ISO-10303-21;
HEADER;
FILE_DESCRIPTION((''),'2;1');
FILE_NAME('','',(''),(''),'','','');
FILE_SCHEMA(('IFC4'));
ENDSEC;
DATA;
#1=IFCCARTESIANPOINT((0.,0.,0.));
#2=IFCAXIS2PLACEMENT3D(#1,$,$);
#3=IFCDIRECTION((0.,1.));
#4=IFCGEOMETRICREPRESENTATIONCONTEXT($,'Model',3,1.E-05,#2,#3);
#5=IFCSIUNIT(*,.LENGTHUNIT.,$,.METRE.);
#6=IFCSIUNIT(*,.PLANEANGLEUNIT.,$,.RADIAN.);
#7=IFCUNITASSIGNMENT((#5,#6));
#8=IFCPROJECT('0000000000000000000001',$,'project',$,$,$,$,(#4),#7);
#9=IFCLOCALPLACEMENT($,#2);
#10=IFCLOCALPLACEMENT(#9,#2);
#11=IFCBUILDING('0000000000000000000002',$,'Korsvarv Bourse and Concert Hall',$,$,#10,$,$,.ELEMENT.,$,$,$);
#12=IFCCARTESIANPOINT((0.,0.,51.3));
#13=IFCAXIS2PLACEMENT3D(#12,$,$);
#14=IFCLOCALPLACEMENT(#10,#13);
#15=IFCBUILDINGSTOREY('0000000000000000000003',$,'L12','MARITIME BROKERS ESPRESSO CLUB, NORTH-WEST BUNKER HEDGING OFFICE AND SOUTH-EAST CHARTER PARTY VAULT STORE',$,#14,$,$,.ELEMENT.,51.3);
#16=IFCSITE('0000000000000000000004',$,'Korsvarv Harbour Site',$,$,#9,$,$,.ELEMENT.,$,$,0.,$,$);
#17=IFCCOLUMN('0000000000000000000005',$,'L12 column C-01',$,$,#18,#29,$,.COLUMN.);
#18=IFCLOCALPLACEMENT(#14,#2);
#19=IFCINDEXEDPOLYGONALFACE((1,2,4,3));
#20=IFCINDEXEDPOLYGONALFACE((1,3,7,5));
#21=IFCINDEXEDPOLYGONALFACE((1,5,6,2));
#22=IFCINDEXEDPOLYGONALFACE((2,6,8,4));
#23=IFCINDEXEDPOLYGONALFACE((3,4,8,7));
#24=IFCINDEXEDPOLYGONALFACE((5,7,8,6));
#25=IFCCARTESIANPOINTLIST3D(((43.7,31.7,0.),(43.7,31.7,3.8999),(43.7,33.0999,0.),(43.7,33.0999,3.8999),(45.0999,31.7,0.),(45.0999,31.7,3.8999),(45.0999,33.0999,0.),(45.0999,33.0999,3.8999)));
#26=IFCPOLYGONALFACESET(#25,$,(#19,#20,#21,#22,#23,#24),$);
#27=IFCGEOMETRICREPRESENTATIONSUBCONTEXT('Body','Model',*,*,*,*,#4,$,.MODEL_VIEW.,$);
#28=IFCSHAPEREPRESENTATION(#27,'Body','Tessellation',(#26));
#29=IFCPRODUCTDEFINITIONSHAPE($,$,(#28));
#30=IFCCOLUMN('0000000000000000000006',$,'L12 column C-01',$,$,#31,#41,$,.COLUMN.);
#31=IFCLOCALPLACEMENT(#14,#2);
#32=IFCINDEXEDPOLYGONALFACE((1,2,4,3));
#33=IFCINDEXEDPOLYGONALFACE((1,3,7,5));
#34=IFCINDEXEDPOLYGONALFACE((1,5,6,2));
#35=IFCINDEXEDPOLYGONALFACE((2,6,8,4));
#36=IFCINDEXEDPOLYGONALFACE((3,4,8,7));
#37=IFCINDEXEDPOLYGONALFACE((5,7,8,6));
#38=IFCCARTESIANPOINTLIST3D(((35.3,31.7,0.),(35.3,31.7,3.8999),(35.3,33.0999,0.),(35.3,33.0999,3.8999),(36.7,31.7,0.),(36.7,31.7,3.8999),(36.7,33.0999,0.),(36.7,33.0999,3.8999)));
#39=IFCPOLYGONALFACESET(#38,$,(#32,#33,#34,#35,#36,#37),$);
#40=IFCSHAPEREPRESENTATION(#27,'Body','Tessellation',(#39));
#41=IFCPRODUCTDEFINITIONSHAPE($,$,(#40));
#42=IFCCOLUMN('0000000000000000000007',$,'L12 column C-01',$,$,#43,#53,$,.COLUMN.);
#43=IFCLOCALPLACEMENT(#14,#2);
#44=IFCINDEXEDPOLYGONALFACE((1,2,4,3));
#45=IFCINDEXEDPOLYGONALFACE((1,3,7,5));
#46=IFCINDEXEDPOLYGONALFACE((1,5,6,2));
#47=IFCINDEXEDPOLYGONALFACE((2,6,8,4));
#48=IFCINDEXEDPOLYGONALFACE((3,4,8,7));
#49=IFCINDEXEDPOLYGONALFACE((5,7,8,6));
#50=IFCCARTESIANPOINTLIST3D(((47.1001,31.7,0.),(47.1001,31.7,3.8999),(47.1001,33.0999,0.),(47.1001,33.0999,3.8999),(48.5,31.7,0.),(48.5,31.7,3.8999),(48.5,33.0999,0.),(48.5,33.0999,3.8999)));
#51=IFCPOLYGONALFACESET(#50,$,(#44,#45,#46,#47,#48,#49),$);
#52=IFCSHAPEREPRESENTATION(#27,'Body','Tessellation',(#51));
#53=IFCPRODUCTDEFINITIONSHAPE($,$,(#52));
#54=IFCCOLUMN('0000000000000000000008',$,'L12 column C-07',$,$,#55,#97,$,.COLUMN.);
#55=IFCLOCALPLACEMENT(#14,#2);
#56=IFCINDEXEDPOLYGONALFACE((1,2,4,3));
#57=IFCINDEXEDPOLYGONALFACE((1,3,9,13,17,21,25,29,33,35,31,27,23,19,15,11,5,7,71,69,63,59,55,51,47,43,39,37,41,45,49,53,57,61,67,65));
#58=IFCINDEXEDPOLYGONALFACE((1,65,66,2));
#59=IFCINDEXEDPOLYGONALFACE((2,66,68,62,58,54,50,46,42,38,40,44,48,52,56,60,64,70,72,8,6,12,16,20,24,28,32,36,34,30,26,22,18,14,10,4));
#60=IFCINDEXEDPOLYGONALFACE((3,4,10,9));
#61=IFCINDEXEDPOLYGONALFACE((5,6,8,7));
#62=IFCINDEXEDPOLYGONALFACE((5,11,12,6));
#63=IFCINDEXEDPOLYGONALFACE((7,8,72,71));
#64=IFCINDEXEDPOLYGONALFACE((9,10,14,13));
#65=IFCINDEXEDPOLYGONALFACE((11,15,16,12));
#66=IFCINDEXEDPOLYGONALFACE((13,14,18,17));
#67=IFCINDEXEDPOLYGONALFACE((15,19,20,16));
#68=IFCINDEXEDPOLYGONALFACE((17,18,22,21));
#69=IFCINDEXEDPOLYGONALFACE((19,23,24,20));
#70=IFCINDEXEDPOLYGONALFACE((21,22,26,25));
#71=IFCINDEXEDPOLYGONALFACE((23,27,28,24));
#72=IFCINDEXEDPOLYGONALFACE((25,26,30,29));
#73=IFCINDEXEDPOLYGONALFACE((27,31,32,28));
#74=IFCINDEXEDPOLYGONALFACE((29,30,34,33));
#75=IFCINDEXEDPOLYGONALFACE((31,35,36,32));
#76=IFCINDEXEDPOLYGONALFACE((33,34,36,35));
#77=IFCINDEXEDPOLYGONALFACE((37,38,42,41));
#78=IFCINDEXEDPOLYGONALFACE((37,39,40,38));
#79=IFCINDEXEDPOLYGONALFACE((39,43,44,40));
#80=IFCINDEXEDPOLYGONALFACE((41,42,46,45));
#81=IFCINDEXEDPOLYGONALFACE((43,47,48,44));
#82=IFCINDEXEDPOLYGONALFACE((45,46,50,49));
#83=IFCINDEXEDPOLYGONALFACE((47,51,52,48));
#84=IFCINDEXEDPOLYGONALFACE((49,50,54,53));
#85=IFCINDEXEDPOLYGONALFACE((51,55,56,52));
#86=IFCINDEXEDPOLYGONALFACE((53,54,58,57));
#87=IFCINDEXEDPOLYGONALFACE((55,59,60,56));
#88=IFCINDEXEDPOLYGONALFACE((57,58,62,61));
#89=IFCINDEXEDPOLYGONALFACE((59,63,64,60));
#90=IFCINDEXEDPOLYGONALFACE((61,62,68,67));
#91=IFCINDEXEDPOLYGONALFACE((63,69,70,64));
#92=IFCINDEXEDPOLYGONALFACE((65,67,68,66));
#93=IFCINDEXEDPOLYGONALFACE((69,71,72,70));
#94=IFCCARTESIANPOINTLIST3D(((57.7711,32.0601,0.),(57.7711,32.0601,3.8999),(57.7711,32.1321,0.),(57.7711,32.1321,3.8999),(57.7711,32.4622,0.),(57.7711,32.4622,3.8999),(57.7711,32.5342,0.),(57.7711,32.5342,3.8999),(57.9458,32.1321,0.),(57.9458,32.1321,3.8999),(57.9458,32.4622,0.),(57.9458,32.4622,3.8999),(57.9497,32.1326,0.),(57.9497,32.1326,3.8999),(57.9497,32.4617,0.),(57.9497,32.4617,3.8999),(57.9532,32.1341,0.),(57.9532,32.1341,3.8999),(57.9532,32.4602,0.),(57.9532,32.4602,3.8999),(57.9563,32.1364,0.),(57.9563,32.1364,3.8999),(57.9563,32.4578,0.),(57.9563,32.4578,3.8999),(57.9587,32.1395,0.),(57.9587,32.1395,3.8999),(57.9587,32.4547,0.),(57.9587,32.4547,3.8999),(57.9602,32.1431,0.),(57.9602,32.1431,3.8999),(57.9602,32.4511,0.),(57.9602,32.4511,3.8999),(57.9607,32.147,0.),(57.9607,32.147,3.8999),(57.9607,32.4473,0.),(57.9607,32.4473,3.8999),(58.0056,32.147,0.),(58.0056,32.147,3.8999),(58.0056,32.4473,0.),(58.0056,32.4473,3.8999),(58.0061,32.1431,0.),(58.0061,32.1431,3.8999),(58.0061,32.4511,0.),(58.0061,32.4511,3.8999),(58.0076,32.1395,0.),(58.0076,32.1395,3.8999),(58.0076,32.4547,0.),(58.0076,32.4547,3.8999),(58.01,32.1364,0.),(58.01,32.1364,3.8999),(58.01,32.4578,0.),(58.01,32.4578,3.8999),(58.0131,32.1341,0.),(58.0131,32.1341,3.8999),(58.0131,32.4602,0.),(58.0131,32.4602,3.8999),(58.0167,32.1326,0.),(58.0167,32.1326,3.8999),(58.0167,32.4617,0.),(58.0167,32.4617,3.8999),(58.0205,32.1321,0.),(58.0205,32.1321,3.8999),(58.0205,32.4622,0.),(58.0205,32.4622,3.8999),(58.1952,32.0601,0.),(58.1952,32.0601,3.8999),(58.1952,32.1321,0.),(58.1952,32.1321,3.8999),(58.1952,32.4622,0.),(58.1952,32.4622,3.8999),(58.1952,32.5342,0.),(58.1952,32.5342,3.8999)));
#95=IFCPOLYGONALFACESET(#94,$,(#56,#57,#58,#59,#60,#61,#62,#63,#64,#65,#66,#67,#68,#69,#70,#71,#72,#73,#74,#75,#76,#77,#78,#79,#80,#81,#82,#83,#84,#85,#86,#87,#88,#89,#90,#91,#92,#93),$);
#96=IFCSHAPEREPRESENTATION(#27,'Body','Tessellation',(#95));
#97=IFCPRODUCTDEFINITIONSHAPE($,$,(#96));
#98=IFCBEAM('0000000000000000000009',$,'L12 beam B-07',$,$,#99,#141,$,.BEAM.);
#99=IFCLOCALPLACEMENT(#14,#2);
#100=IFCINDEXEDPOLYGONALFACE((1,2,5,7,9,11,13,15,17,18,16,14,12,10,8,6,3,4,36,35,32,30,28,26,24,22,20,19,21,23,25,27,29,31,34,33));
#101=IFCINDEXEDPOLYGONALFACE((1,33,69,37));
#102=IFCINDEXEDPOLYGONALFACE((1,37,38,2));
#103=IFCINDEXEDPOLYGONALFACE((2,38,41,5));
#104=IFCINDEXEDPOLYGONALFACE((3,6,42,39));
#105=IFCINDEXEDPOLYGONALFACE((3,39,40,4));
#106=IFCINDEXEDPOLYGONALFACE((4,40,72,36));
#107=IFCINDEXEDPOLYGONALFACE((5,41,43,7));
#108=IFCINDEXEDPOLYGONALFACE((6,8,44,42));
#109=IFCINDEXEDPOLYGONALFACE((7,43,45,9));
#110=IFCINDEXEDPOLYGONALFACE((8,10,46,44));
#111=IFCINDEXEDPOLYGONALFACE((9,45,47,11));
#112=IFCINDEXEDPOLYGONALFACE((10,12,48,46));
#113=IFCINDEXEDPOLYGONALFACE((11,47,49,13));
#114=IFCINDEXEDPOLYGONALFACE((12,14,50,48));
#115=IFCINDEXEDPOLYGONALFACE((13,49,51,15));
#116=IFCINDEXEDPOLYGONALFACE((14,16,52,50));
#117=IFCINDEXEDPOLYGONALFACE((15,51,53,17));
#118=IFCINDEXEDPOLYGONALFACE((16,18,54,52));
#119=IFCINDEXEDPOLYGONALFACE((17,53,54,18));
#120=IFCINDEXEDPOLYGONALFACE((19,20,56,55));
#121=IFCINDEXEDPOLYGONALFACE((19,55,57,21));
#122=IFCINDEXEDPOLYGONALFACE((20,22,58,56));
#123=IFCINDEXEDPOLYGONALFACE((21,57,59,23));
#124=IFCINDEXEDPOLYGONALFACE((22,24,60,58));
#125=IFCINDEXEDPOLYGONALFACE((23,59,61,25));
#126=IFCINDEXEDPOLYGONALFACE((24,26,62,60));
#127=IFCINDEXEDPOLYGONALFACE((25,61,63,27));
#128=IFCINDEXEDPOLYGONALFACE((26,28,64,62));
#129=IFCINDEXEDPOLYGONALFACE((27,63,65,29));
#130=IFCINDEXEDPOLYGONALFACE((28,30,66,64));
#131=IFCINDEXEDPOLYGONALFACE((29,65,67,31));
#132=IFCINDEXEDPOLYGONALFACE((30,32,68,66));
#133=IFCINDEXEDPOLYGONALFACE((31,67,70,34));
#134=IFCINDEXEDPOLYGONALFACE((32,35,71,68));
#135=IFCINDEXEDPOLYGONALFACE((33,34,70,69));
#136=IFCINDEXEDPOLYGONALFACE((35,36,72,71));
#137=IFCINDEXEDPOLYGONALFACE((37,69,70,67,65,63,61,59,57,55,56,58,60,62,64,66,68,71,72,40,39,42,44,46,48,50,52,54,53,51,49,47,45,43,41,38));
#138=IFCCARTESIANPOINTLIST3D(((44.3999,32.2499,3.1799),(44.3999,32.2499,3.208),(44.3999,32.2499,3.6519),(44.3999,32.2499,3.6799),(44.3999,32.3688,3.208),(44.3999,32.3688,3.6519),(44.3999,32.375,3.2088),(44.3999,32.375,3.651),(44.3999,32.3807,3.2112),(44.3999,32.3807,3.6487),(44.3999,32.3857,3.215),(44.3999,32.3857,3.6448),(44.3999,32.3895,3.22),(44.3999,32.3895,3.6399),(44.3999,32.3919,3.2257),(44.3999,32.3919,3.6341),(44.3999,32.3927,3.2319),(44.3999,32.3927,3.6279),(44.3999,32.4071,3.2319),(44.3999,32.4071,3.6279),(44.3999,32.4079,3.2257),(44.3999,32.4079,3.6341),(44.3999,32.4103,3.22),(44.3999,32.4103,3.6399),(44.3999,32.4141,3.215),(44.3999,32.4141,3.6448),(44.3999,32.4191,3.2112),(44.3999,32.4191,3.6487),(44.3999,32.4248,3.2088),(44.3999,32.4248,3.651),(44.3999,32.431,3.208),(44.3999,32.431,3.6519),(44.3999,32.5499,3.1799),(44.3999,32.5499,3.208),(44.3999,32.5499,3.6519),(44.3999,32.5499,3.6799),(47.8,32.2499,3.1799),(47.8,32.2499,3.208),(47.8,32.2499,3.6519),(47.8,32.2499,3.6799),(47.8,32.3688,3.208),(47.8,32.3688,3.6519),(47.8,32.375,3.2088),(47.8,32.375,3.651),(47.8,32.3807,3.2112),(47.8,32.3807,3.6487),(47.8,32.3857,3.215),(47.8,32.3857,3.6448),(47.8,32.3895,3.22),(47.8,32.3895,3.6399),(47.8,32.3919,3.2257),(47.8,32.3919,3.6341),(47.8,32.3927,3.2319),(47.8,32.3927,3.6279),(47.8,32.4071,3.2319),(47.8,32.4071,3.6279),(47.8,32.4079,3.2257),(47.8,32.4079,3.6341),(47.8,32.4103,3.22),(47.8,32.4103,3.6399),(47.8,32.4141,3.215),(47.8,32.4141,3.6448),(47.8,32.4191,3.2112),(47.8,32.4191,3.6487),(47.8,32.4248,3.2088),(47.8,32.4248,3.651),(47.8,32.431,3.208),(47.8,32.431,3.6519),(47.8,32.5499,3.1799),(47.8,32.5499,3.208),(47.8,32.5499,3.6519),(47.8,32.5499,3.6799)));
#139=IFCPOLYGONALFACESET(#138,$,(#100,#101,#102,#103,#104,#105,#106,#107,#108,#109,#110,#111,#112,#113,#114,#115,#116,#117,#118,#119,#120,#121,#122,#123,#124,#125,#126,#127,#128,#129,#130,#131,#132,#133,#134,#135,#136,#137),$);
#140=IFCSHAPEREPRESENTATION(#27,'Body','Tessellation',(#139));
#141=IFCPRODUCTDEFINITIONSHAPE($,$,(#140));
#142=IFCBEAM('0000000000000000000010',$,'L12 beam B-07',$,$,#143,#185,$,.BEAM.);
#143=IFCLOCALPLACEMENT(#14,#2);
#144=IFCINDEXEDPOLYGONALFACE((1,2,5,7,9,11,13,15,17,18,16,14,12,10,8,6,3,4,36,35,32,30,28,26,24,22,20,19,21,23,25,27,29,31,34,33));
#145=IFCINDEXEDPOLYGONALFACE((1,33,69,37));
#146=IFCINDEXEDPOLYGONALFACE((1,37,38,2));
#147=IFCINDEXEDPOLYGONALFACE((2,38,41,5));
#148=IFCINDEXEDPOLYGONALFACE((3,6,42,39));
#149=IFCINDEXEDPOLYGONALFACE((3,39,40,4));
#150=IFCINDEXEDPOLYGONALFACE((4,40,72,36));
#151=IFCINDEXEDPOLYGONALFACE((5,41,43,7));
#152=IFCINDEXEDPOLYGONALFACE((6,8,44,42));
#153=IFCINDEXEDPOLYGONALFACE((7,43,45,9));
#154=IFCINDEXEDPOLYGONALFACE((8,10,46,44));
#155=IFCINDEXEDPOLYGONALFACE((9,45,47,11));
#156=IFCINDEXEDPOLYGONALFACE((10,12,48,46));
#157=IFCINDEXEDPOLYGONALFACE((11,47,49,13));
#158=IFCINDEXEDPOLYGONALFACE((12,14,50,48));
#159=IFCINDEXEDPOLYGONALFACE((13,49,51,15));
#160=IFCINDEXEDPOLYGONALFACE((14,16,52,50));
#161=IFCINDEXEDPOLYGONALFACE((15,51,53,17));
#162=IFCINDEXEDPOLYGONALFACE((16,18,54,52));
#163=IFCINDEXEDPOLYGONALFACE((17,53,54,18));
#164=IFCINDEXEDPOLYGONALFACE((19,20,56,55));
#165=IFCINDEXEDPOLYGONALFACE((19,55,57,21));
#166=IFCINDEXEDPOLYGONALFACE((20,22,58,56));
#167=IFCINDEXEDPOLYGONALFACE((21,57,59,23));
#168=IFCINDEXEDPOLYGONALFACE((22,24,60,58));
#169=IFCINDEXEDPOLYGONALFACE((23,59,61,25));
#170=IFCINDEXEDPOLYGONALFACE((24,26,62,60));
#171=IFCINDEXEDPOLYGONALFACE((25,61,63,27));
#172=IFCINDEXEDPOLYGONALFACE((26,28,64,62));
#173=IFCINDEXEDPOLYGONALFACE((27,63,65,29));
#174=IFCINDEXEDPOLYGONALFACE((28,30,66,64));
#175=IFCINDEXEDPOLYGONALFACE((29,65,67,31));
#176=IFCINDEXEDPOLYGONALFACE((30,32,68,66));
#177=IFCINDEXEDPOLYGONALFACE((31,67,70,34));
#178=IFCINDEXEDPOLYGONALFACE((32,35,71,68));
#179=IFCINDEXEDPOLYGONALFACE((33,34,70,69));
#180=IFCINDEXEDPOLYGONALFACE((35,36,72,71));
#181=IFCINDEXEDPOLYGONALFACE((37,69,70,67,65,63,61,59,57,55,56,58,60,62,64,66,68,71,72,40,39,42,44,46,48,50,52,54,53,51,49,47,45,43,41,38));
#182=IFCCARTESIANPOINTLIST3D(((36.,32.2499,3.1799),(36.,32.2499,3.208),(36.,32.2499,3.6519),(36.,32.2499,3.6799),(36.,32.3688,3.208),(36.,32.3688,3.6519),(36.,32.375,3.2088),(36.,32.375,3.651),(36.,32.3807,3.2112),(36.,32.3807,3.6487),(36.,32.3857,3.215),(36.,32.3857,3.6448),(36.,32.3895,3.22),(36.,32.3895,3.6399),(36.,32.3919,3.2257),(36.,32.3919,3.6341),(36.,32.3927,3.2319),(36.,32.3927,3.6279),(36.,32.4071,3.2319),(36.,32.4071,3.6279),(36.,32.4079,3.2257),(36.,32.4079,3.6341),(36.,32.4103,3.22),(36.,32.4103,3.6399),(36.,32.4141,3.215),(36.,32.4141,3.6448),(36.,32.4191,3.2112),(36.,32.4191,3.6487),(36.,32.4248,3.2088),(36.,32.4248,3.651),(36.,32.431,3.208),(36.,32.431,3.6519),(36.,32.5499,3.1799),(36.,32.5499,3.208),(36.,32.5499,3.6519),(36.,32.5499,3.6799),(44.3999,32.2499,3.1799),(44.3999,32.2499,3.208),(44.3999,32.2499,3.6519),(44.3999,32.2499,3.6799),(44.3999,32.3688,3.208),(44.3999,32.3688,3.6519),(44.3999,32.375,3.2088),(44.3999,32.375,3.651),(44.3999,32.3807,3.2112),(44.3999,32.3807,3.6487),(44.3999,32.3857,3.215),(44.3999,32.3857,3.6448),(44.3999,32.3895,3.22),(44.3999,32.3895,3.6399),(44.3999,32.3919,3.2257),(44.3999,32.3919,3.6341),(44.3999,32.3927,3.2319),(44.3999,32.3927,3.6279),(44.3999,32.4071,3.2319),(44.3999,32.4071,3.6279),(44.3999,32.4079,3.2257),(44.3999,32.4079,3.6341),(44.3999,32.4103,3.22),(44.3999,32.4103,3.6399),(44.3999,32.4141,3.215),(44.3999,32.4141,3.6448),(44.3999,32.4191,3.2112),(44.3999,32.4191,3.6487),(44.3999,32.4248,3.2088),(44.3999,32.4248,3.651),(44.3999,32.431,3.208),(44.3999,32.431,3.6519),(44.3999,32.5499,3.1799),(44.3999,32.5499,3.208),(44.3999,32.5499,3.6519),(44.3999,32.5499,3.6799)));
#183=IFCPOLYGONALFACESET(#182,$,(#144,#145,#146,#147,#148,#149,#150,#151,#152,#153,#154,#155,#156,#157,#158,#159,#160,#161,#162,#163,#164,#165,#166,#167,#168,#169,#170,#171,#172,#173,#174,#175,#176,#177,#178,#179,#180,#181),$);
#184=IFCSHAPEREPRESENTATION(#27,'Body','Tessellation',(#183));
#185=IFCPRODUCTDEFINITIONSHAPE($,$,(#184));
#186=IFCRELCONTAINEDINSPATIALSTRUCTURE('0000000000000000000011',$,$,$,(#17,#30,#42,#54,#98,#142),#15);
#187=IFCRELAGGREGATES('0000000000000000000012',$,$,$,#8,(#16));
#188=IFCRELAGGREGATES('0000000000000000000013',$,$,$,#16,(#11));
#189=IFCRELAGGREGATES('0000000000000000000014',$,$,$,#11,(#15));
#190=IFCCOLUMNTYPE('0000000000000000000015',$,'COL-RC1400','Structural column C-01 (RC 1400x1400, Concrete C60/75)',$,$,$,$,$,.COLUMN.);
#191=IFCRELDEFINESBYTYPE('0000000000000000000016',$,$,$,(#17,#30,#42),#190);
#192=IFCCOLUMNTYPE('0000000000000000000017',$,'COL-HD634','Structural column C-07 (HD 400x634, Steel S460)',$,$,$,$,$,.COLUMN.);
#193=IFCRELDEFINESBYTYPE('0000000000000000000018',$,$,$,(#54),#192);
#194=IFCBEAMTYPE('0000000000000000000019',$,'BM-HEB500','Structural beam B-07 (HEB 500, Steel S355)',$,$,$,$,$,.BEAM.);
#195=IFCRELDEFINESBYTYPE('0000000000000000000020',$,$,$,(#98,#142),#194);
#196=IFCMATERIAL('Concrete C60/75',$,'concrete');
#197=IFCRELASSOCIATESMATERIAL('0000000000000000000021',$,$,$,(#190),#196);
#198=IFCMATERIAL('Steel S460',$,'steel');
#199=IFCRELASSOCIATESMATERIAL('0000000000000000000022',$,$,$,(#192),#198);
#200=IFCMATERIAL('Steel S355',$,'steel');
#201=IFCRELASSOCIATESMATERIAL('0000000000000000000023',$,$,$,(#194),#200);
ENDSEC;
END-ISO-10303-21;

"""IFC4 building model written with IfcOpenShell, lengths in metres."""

from ifc_helpers import new_model, si_unit, direction, frame, origin, origin_2d, place, context, subcontext, project, spatial, rectangle, i_section, extrude, source, transform, mapped, material, material_profile, profile_set, type_object, element, save


model = new_model("IFC4")

# Units and contexts
model_context = context("Model", 3, precision=1e-05, world=origin(), true_north=direction((0.0, 1.0)))
body_context = subcontext(model_context, "Body", "Model", "MODEL_VIEW")
ifc_project = project(units=[si_unit("LENGTHUNIT", "METRE"), si_unit("PLANEANGLEUNIT", "RADIAN")], contexts=[model_context])

# Site, building, storey
site_placement = place(None, origin())
site = spatial("IfcSite", under=ifc_project, at=site_placement, Name="Korsvarv Harbour Site", CompositionType="ELEMENT", RefElevation=0.0)
building_placement = place(site_placement, origin())
building = spatial("IfcBuilding", under=site, at=building_placement, Name="Korsvarv Bourse and Concert Hall", CompositionType="ELEMENT")
storey_placement = place(building_placement, frame((0.0, 0.0, 51.3)))
storey = spatial("IfcBuildingStorey", under=building, at=storey_placement, Name="L12", Description="MARITIME BROKERS ESPRESSO CLUB, NORTH-WEST BUNKER HEDGING OFFICE AND SOUTH-EAST CHARTER PARTY VAULT STORE", CompositionType="ELEMENT", Elevation=51.3)

# Columns
ifc_material_1 = material(Name="Concrete C60/75", Category="concrete")
ifc_material_profile_1 = material_profile(ifc_material_1, rectangle(XDim=1.3999, YDim=1.3999, at=origin_2d()), Name="RC 1400x1400")
ifc_profile_set_1 = profile_set([ifc_material_profile_1], Name="Concrete C60/75")
column_type_1 = type_object("IfcColumnType", Name="COL-RC1400", Description="Structural column C-01 (RC 1400x1400, Concrete C60/75)", PredefinedType="COLUMN", material=ifc_profile_set_1)
shared_shape_1 = source(origin(), body_context, "Body", "SweptSolid", [
    extrude(rectangle(XDim=1.3999, YDim=1.3999, at=origin_2d()), origin(), (0.0, 0.0, 1.0), 3.8999),
])
for number, where, z_axis, x_axis, name in (
    (1, (44.3999, 32.3999, 0.0), (0.0, 0.0, 1.0), (1.0, 0.0, 0.0), "L12 column C-01"),
    (2, (36.0, 32.3999, 0.0), (0.0, 0.0, 1.0), (1.0, 0.0, 0.0), "L12 column C-01"),
    (3, (47.8, 32.3999, 0.0), (0.0, 0.0, 1.0), (1.0, 0.0, 0.0), "L12 column C-01"),
):
    element("IfcColumn", number, at=place(storey_placement, frame(where, z_axis=z_axis, x_axis=x_axis)), inside=storey, type_object=column_type_1, Name=name, PredefinedType="COLUMN", context=body_context, shape_type="MappedRepresentation", body=[
        mapped(shared_shape_1, transform((0.0, 0.0, 0.0), scale=1.0)),
    ])
ifc_material_2 = material(Name="Steel S460", Category="steel")
ifc_material_profile_2 = material_profile(ifc_material_2, i_section(OverallWidth=0.4241, OverallDepth=0.4741, WebThickness=0.0449, FlangeThickness=0.072, FilletRadius=0.0149, at=origin_2d()), Name="HD 400x634")
ifc_profile_set_2 = profile_set([ifc_material_profile_2], Name="Steel S460")
column_type_2 = type_object("IfcColumnType", Name="COL-HD634", Description="Structural column C-07 (HD 400x634, Steel S460)", PredefinedType="COLUMN", material=ifc_profile_set_2)
shared_shape_2 = source(origin(), body_context, "Body", "SweptSolid", [
    extrude(i_section(OverallWidth=0.4241, OverallDepth=0.4741, WebThickness=0.0449, FlangeThickness=0.072, FilletRadius=0.0149, at=origin_2d()), origin(), (0.0, 0.0, 1.0), 3.8999),
])
column_placement = place(storey_placement, frame((57.9832, 32.2971, 0.0), z_axis=(0.0, 0.0, 1.0), x_axis=(1.0, 0.0, 0.0)))
element("IfcColumn", 4, at=column_placement, inside=storey, type_object=column_type_2, Name="L12 column C-07", PredefinedType="COLUMN", context=body_context, shape_type="MappedRepresentation", body=[
    mapped(shared_shape_2, transform((0.0, 0.0, 0.0), scale=1.0)),
])

# Beams
ifc_material_3 = material(Name="Steel S355", Category="steel")
ifc_material_profile_3 = material_profile(ifc_material_3, i_section(OverallWidth=0.3, OverallDepth=0.5, WebThickness=0.0144, FlangeThickness=0.0281, FilletRadius=0.0239, at=origin_2d()), Name="HEB 500")
ifc_profile_set_3 = profile_set([ifc_material_profile_3], Name="Steel S355")
beam_type_1 = type_object("IfcBeamType", Name="BM-HEB500", Description="Structural beam B-07 (HEB 500, Steel S355)", PredefinedType="BEAM", material=ifc_profile_set_3)
shared_shape_3 = source(origin(), body_context, "Body", "SweptSolid", [
    extrude(i_section(OverallWidth=0.3, OverallDepth=0.5, WebThickness=0.0144, FlangeThickness=0.0281, FilletRadius=0.0239, at=origin_2d()), origin(), (0.0, 0.0, 1.0), 3.4001),
])
beam_1_placement = place(storey_placement, frame((44.3999, 32.3999, 3.4299), z_axis=(1.0, 0.0, 0.0), x_axis=(0.0, 1.0, 0.0)))
element("IfcBeam", 5, at=beam_1_placement, inside=storey, type_object=beam_type_1, Name="L12 beam B-07", PredefinedType="BEAM", context=body_context, shape_type="MappedRepresentation", body=[
    mapped(shared_shape_3, transform((0.0, 0.0, 0.0), scale=1.0)),
])
shared_shape_4 = source(origin(), body_context, "Body", "SweptSolid", [
    extrude(i_section(OverallWidth=0.3, OverallDepth=0.5, WebThickness=0.0144, FlangeThickness=0.0281, FilletRadius=0.0239, at=origin_2d()), origin(), (0.0, 0.0, 1.0), 8.3999),
])
beam_2_placement = place(storey_placement, frame((36.0, 32.3999, 3.4299), z_axis=(1.0, 0.0, 0.0), x_axis=(0.0, 1.0, 0.0)))
element("IfcBeam", 6, at=beam_2_placement, inside=storey, type_object=beam_type_1, Name="L12 beam B-07", PredefinedType="BEAM", context=body_context, shape_type="MappedRepresentation", body=[
    mapped(shared_shape_4, transform((0.0, 0.0, 0.0), scale=1.0)),
])

save(model, "model.ifc")
